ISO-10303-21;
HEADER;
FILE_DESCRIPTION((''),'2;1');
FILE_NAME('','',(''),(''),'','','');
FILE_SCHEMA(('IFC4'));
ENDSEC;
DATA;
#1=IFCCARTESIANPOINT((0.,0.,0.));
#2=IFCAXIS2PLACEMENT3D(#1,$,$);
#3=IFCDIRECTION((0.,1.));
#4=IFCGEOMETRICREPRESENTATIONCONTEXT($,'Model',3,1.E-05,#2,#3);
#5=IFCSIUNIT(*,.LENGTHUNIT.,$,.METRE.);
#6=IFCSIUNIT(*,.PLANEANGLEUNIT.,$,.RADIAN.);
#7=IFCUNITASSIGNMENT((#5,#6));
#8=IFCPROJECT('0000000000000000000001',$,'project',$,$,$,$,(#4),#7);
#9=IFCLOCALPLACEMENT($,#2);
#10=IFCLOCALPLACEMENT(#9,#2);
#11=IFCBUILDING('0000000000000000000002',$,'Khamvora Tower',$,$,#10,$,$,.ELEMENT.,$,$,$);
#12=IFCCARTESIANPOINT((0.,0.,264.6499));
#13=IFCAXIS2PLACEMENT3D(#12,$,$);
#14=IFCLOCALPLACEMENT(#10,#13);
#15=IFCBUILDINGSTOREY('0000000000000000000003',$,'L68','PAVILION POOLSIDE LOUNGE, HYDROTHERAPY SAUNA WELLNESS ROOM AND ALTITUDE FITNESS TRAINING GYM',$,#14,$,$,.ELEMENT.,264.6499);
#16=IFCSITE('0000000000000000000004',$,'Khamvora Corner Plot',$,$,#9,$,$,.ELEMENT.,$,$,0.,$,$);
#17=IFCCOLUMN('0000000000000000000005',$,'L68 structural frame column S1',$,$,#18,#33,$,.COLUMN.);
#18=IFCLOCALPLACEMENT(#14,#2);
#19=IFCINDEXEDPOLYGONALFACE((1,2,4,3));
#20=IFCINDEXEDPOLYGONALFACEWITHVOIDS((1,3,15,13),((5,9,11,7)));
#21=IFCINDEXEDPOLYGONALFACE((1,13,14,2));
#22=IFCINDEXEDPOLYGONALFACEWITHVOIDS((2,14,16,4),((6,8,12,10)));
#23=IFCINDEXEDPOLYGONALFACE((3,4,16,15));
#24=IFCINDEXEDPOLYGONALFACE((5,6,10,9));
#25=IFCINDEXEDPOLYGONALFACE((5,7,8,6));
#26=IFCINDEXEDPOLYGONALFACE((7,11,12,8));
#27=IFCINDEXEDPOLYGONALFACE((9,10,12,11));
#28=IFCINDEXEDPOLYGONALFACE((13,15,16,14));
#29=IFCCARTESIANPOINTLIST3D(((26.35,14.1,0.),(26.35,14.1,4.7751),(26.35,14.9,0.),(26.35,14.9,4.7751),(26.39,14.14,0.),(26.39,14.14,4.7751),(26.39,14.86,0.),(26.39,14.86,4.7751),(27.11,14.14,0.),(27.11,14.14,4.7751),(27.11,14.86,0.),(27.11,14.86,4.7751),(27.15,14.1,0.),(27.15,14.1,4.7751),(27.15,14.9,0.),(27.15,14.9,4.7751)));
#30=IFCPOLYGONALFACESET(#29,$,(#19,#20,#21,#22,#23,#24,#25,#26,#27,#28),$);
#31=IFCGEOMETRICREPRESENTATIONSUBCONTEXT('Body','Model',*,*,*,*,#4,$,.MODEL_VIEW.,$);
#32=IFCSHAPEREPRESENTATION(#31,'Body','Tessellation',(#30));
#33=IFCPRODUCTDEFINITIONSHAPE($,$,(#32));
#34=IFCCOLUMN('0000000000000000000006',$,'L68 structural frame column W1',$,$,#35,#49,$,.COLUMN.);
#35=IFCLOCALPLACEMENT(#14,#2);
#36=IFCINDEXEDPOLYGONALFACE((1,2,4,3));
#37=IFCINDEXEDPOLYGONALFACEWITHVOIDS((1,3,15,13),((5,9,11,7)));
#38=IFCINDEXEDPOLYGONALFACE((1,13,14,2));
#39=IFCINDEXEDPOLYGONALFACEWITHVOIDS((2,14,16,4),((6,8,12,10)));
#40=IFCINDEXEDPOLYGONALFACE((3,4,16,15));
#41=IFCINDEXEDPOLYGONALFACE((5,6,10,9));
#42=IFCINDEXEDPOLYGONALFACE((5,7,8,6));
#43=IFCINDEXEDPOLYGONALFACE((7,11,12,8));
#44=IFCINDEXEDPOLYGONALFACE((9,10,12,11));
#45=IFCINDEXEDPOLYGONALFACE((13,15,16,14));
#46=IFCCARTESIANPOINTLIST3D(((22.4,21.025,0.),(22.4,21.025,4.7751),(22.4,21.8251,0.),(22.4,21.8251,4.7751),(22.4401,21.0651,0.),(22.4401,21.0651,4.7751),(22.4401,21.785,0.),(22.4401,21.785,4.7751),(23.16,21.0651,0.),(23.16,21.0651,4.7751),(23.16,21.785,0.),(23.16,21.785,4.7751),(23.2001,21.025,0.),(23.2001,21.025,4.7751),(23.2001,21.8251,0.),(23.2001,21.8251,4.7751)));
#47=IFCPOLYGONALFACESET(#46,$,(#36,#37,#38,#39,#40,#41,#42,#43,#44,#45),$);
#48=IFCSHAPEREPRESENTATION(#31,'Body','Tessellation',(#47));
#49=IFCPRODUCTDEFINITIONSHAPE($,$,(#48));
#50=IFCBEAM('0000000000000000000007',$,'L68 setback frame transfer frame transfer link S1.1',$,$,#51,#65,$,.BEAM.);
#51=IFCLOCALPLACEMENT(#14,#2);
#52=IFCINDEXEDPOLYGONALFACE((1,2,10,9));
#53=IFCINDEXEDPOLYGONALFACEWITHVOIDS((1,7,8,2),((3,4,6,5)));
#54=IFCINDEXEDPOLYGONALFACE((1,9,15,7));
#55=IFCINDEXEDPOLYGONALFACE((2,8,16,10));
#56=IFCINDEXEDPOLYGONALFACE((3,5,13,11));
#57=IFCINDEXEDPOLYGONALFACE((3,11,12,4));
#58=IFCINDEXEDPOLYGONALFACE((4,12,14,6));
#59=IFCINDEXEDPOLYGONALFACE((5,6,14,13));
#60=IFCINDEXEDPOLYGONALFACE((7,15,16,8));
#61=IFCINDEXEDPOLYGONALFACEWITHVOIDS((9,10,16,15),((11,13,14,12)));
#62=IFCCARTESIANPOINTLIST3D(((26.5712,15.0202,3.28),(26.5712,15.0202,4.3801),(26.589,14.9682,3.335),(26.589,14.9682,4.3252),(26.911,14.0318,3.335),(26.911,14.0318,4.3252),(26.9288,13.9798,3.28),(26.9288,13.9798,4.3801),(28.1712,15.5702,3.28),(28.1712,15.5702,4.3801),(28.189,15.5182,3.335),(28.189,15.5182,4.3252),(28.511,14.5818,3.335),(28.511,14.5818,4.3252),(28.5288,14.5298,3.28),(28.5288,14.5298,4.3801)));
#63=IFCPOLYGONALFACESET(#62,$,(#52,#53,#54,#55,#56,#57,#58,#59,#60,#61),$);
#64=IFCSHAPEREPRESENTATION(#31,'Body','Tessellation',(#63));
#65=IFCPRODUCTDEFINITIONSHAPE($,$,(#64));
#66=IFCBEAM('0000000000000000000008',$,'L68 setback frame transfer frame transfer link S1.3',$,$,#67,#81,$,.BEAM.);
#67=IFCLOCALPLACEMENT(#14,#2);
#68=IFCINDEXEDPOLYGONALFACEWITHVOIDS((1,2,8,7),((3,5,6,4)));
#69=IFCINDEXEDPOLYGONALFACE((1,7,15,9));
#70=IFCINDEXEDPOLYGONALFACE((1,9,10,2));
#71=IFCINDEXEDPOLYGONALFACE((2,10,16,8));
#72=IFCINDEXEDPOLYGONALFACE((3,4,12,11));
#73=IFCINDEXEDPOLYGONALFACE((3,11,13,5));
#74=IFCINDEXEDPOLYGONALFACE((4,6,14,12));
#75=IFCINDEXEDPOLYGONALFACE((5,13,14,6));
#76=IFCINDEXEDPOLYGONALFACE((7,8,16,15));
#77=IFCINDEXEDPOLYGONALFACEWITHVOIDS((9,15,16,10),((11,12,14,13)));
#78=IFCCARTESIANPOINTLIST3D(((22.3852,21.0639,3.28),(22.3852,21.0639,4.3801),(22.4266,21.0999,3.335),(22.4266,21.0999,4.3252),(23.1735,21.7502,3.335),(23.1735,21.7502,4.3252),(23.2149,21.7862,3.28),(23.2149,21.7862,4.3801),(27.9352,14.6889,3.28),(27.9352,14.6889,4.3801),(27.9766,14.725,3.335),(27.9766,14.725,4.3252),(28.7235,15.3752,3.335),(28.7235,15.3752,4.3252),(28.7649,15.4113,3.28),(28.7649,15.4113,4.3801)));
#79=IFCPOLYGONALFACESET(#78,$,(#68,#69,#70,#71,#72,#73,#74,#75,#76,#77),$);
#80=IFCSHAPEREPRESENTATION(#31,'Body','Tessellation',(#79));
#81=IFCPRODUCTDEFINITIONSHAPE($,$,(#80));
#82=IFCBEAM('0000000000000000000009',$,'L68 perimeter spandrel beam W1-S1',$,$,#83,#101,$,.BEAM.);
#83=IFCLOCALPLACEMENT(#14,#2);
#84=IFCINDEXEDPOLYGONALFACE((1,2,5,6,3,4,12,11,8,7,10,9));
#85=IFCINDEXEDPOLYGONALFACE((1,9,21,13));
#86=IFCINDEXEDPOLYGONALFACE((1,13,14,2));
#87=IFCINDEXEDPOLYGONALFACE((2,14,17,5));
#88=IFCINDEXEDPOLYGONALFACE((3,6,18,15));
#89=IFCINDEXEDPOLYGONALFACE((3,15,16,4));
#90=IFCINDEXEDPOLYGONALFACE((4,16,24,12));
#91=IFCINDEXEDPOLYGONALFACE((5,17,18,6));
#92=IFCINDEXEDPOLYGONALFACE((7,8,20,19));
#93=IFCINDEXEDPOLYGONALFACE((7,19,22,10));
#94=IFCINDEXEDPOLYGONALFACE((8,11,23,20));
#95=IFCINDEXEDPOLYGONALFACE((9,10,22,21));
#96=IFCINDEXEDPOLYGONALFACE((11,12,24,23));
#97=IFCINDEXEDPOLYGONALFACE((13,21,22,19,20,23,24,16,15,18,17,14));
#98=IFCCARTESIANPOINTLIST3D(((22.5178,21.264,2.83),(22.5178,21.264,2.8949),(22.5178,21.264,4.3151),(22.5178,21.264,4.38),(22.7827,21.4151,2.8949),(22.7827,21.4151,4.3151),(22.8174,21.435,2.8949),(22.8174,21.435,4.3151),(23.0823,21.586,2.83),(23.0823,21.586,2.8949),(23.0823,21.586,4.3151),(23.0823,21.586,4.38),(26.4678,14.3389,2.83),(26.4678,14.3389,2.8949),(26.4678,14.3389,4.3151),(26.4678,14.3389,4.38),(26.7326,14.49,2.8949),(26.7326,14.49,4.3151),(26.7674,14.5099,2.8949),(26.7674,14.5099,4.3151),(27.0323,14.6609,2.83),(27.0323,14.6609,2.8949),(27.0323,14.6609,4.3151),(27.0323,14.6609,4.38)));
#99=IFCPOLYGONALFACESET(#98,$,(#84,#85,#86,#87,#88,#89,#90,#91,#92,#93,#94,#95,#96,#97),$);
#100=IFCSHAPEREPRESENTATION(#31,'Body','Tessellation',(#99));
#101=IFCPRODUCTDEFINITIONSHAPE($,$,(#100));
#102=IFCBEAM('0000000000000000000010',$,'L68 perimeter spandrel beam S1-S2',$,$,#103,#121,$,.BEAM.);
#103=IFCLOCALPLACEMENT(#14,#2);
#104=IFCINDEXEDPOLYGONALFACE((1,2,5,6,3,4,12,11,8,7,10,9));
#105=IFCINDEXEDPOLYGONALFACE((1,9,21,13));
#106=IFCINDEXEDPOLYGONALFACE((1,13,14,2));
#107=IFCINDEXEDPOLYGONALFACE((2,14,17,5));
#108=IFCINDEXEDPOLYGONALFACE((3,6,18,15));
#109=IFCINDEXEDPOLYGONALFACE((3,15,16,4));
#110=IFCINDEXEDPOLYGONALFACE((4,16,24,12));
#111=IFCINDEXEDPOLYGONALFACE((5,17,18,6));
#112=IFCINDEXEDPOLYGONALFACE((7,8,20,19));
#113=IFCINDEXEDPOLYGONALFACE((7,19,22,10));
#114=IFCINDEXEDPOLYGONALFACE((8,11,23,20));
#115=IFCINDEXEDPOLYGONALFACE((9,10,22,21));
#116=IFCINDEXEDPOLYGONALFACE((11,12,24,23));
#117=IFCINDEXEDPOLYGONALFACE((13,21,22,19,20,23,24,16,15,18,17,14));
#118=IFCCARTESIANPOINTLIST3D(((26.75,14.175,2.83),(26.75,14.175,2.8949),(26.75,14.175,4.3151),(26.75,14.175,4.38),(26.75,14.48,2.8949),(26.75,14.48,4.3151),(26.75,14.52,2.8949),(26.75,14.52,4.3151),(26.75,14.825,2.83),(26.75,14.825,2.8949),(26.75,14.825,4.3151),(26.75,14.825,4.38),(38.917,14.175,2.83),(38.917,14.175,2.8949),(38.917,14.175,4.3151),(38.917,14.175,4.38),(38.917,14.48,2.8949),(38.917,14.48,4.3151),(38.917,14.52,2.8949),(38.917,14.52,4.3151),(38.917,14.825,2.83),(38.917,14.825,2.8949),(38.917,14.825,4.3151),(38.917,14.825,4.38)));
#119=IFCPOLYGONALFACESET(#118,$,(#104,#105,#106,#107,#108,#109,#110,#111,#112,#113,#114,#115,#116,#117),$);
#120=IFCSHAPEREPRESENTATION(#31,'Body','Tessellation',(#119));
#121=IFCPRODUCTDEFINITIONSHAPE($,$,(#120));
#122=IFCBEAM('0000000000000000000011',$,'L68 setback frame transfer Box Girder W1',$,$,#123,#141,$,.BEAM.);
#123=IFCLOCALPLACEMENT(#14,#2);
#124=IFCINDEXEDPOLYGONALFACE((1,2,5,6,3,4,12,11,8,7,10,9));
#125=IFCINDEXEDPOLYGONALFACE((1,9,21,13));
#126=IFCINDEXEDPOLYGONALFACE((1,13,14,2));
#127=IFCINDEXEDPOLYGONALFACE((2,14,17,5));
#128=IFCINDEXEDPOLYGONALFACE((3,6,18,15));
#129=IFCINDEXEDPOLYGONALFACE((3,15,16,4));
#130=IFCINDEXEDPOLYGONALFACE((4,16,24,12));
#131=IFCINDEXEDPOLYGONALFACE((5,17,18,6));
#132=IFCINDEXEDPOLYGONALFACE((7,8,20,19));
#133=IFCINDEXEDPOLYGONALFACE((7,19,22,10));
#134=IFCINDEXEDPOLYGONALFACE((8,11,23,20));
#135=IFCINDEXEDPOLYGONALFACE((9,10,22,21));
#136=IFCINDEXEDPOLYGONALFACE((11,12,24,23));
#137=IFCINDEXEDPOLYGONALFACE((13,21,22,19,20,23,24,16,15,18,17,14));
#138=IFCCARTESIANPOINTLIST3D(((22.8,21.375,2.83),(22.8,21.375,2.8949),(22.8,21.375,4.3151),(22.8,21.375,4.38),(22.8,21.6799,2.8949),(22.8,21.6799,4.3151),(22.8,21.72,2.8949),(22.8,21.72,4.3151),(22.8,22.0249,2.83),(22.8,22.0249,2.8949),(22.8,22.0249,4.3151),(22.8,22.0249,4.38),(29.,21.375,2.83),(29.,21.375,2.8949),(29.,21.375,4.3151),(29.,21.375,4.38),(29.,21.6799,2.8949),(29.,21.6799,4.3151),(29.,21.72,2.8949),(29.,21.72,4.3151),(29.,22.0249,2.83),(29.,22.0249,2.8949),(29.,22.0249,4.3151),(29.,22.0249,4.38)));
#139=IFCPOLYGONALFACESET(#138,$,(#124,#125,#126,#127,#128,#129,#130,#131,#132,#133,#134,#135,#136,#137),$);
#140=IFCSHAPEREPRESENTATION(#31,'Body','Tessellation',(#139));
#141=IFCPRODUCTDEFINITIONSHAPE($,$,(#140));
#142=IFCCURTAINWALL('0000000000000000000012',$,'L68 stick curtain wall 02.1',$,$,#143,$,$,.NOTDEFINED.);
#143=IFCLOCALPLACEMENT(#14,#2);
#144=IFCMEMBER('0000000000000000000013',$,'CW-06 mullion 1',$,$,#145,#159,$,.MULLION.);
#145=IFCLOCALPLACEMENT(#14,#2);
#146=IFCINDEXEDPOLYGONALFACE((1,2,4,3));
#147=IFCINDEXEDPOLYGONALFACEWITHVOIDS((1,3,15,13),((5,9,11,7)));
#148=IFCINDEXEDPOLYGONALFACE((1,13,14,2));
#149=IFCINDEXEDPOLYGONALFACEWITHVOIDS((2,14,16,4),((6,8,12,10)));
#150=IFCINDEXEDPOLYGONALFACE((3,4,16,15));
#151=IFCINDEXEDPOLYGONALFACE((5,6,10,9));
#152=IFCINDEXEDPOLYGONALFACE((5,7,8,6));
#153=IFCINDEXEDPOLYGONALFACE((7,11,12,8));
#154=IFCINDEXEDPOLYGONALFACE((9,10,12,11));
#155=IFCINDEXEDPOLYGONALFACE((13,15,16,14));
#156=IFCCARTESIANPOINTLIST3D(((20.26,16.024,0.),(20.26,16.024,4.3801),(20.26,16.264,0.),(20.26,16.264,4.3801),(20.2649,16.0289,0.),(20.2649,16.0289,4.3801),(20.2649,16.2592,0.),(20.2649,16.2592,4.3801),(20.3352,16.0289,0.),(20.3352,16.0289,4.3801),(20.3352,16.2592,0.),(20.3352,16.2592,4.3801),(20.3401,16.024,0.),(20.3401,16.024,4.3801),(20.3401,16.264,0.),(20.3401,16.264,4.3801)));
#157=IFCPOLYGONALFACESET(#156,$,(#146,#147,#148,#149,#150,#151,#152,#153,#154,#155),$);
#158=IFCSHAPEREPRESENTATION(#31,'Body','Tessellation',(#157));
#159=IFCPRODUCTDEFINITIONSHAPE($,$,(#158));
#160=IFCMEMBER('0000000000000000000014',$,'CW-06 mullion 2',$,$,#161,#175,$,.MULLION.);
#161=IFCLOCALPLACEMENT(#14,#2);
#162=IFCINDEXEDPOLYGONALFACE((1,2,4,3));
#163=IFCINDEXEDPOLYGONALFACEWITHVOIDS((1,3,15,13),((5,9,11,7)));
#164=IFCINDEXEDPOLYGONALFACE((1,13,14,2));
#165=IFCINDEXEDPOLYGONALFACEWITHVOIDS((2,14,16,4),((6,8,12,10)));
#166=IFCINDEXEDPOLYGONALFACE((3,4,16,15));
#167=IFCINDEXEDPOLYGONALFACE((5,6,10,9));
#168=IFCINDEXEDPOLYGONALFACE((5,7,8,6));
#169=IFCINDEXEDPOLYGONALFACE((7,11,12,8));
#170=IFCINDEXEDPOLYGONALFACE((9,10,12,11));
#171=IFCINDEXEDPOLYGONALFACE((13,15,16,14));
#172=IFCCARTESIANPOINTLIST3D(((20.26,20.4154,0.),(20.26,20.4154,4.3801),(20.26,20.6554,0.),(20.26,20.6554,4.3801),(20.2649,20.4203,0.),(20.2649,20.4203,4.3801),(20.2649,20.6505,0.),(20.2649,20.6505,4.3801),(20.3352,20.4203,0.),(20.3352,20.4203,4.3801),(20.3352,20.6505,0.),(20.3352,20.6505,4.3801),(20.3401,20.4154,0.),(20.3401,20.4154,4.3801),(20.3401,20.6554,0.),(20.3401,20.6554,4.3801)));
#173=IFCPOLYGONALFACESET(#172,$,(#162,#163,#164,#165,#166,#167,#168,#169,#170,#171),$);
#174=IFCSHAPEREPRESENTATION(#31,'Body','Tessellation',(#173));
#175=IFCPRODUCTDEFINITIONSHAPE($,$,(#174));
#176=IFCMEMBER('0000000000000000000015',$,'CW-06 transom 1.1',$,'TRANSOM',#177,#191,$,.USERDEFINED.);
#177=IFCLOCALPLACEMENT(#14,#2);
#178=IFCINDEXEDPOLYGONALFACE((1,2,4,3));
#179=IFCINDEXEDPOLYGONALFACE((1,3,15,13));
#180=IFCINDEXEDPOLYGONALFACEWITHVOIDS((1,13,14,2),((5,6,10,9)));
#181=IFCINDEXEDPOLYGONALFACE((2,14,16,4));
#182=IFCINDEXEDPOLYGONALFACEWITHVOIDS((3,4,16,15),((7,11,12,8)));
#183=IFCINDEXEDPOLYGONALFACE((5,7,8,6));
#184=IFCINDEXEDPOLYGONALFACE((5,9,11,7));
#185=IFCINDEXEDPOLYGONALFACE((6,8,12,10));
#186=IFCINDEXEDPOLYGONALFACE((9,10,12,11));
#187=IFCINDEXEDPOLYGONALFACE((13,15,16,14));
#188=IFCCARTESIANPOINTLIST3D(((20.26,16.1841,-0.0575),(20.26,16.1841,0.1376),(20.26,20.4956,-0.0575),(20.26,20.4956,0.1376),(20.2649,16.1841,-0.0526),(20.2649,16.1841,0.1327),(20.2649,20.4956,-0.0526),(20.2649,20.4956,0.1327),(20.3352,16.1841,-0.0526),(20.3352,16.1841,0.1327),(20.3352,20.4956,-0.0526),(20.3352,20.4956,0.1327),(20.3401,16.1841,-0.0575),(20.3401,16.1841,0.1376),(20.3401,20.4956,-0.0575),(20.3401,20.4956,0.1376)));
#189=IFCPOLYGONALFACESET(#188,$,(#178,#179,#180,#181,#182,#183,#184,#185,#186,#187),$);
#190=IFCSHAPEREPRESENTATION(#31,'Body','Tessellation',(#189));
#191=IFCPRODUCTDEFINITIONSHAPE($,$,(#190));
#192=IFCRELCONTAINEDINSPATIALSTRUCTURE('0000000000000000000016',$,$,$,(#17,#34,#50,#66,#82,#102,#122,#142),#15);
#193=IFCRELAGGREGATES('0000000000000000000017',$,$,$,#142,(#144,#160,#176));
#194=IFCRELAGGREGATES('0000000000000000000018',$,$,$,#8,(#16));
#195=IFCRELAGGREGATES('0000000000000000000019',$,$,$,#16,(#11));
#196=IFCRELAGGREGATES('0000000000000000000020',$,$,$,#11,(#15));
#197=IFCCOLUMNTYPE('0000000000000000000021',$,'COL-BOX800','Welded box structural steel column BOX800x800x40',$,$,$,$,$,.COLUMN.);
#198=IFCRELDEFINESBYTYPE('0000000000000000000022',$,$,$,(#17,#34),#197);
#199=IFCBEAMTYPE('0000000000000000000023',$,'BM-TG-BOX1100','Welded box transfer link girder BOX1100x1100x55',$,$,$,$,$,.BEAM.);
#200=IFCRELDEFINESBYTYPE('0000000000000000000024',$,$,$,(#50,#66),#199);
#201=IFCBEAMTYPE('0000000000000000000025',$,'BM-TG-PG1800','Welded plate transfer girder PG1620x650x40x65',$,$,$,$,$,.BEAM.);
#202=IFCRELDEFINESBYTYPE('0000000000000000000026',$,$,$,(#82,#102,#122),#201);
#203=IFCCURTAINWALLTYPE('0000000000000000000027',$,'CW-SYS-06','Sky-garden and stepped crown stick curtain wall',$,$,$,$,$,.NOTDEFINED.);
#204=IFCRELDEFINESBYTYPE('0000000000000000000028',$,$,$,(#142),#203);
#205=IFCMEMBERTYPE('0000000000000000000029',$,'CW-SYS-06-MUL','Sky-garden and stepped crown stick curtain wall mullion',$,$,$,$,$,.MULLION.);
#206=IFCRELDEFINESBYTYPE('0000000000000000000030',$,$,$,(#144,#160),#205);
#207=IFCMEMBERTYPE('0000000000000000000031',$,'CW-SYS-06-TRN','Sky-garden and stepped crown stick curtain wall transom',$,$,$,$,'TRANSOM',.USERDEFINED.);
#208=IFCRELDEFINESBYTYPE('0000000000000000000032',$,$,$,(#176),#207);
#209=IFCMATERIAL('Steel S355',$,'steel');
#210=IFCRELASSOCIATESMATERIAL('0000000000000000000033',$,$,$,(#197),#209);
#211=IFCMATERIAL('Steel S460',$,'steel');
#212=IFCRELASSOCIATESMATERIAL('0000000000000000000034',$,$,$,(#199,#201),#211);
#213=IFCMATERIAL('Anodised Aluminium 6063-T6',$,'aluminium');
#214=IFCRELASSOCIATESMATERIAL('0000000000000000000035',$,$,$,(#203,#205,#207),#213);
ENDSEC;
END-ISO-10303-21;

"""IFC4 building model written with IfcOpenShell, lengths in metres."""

from ifc_helpers import new_model, si_unit, direction, frame, origin, origin_2d, place, context, subcontext, project, spatial, hollow_rectangle, i_section, extrude, material, material_profile, profile_set, type_object, element, aggregate, save


model = new_model("IFC4")

# Units and contexts
model_context = context("Model", 3, precision=1e-05, world=origin(), true_north=direction((0.0, 1.0)))
body_context = subcontext(model_context, "Body", "Model", "MODEL_VIEW")
ifc_project = project(units=[si_unit("LENGTHUNIT", "METRE"), si_unit("PLANEANGLEUNIT", "RADIAN")], contexts=[model_context])

# Site, building, storey
site_placement = place(None, origin())
site = spatial("IfcSite", under=ifc_project, at=site_placement, Name="Khamvora Corner Plot", CompositionType="ELEMENT", RefElevation=0.0)
building_placement = place(site_placement, origin())
building = spatial("IfcBuilding", under=site, at=building_placement, Name="Khamvora Tower", CompositionType="ELEMENT")
storey_placement = place(building_placement, frame((0.0, 0.0, 264.6499)))
storey = spatial("IfcBuildingStorey", under=building, at=storey_placement, Name="L68", Description="PAVILION POOLSIDE LOUNGE, HYDROTHERAPY SAUNA WELLNESS ROOM AND ALTITUDE FITNESS TRAINING GYM", CompositionType="ELEMENT", Elevation=264.6499)

# Columns
ifc_material_1 = material(Name="Steel S355", Category="steel")
ifc_material_profile_1 = material_profile(ifc_material_1, hollow_rectangle(XDim=0.8, YDim=0.8, WallThickness=0.04, at=origin_2d()), Name="BOX800x800x40")
ifc_profile_set_1 = profile_set([ifc_material_profile_1], Name="Steel S355")
column_type = type_object("IfcColumnType", Name="COL-BOX800", Description="Welded box structural steel column BOX800x800x40", PredefinedType="COLUMN", material=ifc_profile_set_1)
for number, where, z_axis, x_axis, name in (
    (1, (26.75, 14.5, 0.0), (0.0, 0.0, 1.0), (1.0, 0.0, 0.0), "L68 structural frame column S1"),
    (2, (22.8, 21.425, 0.0), (0.0, 0.0, 1.0), (1.0, 0.0, 0.0), "L68 structural frame column W1"),
):
    element("IfcColumn", number, at=place(storey_placement, frame(where, z_axis=z_axis, x_axis=x_axis)), inside=storey, type_object=column_type, Name=name, PredefinedType="COLUMN", context=body_context, shape_type="SweptSolid", body=[
        extrude(hollow_rectangle(XDim=0.8, YDim=0.8, WallThickness=0.04, at=origin_2d()), origin(), (0.0, 0.0, 1.0), 4.7751),
    ])

# Beams
ifc_material_2 = material(Name="Steel S460", Category="steel")
ifc_material_profile_2 = material_profile(ifc_material_2, hollow_rectangle(XDim=1.1001, YDim=1.1001, WallThickness=0.0549, at=origin_2d()), Name="BOX1100x1100x55")
ifc_profile_set_2 = profile_set([ifc_material_profile_2], Name="Steel S460")
beam_type_1 = type_object("IfcBeamType", Name="BM-TG-BOX1100", Description="Welded box transfer link girder BOX1100x1100x55", PredefinedType="BEAM", material=ifc_profile_set_2)
beam_1_placement = place(storey_placement, frame((26.75, 14.5, 3.8301), z_axis=(0.945684, 0.325088, 0.0), x_axis=(-0.325088, 0.945684, 0.0)))
element("IfcBeam", 3, at=beam_1_placement, inside=storey, type_object=beam_type_1, Name="L68 setback frame transfer frame transfer link S1.1", PredefinedType="BEAM", context=body_context, shape_type="SweptSolid", body=[
    extrude(hollow_rectangle(XDim=1.1001, YDim=1.1001, WallThickness=0.0549, at=origin_2d()), origin(), (0.0, 0.0, 1.0), 1.6919),
])
beam_2_placement = place(storey_placement, frame((22.8, 21.425, 3.8301), z_axis=(0.656621, -0.75422, 0.0), x_axis=(0.75422, 0.656621, 0.0)))
element("IfcBeam", 4, at=beam_2_placement, inside=storey, type_object=beam_type_1, Name="L68 setback frame transfer frame transfer link S1.3", PredefinedType="BEAM", context=body_context, shape_type="SweptSolid", body=[
    extrude(hollow_rectangle(XDim=1.1001, YDim=1.1001, WallThickness=0.0549, at=origin_2d()), origin(), (0.0, 0.0, 1.0), 8.4524),
])
ifc_material_profile_3 = material_profile(ifc_material_2, i_section(OverallWidth=0.6499, OverallDepth=1.55, WebThickness=0.04, FlangeThickness=0.0649, at=origin_2d()), Name="PG1550x650x40x65")
ifc_profile_set_3 = profile_set([ifc_material_profile_3], Name="Steel S460")
beam_type_2 = type_object("IfcBeamType", Name="BM-TG-PG1800", Description="Welded plate transfer girder PG1620x650x40x65", PredefinedType="BEAM", material=ifc_profile_set_3)
beam_3_placement = place(storey_placement, frame((22.8, 21.425, 3.605), z_axis=(0.495456, -0.868633, 0.0), x_axis=(0.868633, 0.495456, 0.0)))
element("IfcBeam", 5, at=beam_3_placement, inside=storey, type_object=beam_type_2, Name="L68 perimeter spandrel beam W1-S1", PredefinedType="BEAM", context=body_context, shape_type="SweptSolid", body=[
    extrude(i_section(OverallWidth=0.6499, OverallDepth=1.55, WebThickness=0.04, FlangeThickness=0.0649, at=origin_2d()), origin(), (0.0, 0.0, 1.0), 7.9724),
])
beam_4_placement = place(storey_placement, frame((26.75, 14.5, 3.605), z_axis=(1.0, 0.0, 0.0), x_axis=(0.0, 1.0, 0.0)))
element("IfcBeam", 6, at=beam_4_placement, inside=storey, type_object=beam_type_2, Name="L68 perimeter spandrel beam S1-S2", PredefinedType="BEAM", context=body_context, shape_type="SweptSolid", body=[
    extrude(i_section(OverallWidth=0.6499, OverallDepth=1.55, WebThickness=0.04, FlangeThickness=0.0649, at=origin_2d()), origin(), (0.0, 0.0, 1.0), 12.167),
])
beam_5_placement = place(storey_placement, frame((22.8, 21.7, 3.605), z_axis=(1.0, 0.0, 0.0), x_axis=(0.0, 1.0, 0.0)))
element("IfcBeam", 7, at=beam_5_placement, inside=storey, type_object=beam_type_2, Name="L68 setback frame transfer Box Girder W1", PredefinedType="BEAM", context=body_context, shape_type="SweptSolid", body=[
    extrude(i_section(OverallWidth=0.6499, OverallDepth=1.55, WebThickness=0.04, FlangeThickness=0.0649, at=origin_2d()), origin(), (0.0, 0.0, 1.0), 6.2),
])

# Curtain wall, members
ifc_material_3 = material(Name="Anodised Aluminium 6063-T6", Category="aluminium")
curtain_wall_type = type_object("IfcCurtainWallType", Name="CW-SYS-06", Description="Sky-garden and stepped crown stick curtain wall", PredefinedType="NOTDEFINED", material=ifc_material_3)
curtain_wall_placement = place(storey_placement, origin())
curtain_wall = element("IfcCurtainWall", 8, at=curtain_wall_placement, inside=storey, type_object=curtain_wall_type, Name="L68 stick curtain wall 02.1", PredefinedType="NOTDEFINED")
ifc_material_profile_4 = material_profile(ifc_material_3, hollow_rectangle(XDim=0.0801, YDim=0.24, WallThickness=0.0049, at=origin_2d()), Name="MUL80x240x5")
ifc_profile_set_4 = profile_set([ifc_material_profile_4], Name="Anodised Aluminium 6063-T6")
member_type_1 = type_object("IfcMemberType", Name="CW-SYS-06-MUL", Description="Sky-garden and stepped crown stick curtain wall mullion", PredefinedType="MULLION", material=ifc_profile_set_4)
member_1_placement = place(storey_placement, frame((20.3, 16.144, 0.0), z_axis=(0.0, 0.0, 1.0), x_axis=(-1.0, 0.0, 0.0)))
member_1 = element("IfcMember", 9, at=member_1_placement, type_object=member_type_1, Name="CW-06 mullion 1", PredefinedType="MULLION", context=body_context, shape_type="SweptSolid", body=[
    extrude(hollow_rectangle(XDim=0.0801, YDim=0.24, WallThickness=0.0049, at=origin_2d()), origin(), (0.0, 0.0, 1.0), 4.3801),
])
member_2_placement = place(storey_placement, frame((20.3, 20.5354, 0.0), z_axis=(0.0, 0.0, 1.0), x_axis=(-1.0, 0.0, 0.0)))
member_2 = element("IfcMember", 10, at=member_2_placement, type_object=member_type_1, Name="CW-06 mullion 2", PredefinedType="MULLION", context=body_context, shape_type="SweptSolid", body=[
    extrude(hollow_rectangle(XDim=0.0801, YDim=0.24, WallThickness=0.0049, at=origin_2d()), origin(), (0.0, 0.0, 1.0), 4.3801),
])
ifc_material_profile_5 = material_profile(ifc_material_3, hollow_rectangle(XDim=0.0801, YDim=0.1951, WallThickness=0.0049, at=origin_2d()), Name="TRN80x195x5")
ifc_profile_set_5 = profile_set([ifc_material_profile_5], Name="Anodised Aluminium 6063-T6")
member_type_2 = type_object("IfcMemberType", Name="CW-SYS-06-TRN", Description="Sky-garden and stepped crown stick curtain wall transom", ElementType="TRANSOM", PredefinedType="USERDEFINED", material=ifc_profile_set_5)
member_3_placement = place(storey_placement, frame((20.3, 16.1841, 0.04), z_axis=(0.0, 1.0, 0.0), x_axis=(-1.0, 0.0, 0.0)))
member_3 = element("IfcMember", 11, at=member_3_placement, type_object=member_type_2, Name="CW-06 transom 1.1", ObjectType="TRANSOM", PredefinedType="USERDEFINED", context=body_context, shape_type="SweptSolid", body=[
    extrude(hollow_rectangle(XDim=0.0801, YDim=0.1951, WallThickness=0.0049, at=origin_2d()), origin(), (0.0, 0.0, 1.0), 4.3115),
])
aggregate(curtain_wall, [member_1, member_2, member_3])

save(model, "model.ifc")
